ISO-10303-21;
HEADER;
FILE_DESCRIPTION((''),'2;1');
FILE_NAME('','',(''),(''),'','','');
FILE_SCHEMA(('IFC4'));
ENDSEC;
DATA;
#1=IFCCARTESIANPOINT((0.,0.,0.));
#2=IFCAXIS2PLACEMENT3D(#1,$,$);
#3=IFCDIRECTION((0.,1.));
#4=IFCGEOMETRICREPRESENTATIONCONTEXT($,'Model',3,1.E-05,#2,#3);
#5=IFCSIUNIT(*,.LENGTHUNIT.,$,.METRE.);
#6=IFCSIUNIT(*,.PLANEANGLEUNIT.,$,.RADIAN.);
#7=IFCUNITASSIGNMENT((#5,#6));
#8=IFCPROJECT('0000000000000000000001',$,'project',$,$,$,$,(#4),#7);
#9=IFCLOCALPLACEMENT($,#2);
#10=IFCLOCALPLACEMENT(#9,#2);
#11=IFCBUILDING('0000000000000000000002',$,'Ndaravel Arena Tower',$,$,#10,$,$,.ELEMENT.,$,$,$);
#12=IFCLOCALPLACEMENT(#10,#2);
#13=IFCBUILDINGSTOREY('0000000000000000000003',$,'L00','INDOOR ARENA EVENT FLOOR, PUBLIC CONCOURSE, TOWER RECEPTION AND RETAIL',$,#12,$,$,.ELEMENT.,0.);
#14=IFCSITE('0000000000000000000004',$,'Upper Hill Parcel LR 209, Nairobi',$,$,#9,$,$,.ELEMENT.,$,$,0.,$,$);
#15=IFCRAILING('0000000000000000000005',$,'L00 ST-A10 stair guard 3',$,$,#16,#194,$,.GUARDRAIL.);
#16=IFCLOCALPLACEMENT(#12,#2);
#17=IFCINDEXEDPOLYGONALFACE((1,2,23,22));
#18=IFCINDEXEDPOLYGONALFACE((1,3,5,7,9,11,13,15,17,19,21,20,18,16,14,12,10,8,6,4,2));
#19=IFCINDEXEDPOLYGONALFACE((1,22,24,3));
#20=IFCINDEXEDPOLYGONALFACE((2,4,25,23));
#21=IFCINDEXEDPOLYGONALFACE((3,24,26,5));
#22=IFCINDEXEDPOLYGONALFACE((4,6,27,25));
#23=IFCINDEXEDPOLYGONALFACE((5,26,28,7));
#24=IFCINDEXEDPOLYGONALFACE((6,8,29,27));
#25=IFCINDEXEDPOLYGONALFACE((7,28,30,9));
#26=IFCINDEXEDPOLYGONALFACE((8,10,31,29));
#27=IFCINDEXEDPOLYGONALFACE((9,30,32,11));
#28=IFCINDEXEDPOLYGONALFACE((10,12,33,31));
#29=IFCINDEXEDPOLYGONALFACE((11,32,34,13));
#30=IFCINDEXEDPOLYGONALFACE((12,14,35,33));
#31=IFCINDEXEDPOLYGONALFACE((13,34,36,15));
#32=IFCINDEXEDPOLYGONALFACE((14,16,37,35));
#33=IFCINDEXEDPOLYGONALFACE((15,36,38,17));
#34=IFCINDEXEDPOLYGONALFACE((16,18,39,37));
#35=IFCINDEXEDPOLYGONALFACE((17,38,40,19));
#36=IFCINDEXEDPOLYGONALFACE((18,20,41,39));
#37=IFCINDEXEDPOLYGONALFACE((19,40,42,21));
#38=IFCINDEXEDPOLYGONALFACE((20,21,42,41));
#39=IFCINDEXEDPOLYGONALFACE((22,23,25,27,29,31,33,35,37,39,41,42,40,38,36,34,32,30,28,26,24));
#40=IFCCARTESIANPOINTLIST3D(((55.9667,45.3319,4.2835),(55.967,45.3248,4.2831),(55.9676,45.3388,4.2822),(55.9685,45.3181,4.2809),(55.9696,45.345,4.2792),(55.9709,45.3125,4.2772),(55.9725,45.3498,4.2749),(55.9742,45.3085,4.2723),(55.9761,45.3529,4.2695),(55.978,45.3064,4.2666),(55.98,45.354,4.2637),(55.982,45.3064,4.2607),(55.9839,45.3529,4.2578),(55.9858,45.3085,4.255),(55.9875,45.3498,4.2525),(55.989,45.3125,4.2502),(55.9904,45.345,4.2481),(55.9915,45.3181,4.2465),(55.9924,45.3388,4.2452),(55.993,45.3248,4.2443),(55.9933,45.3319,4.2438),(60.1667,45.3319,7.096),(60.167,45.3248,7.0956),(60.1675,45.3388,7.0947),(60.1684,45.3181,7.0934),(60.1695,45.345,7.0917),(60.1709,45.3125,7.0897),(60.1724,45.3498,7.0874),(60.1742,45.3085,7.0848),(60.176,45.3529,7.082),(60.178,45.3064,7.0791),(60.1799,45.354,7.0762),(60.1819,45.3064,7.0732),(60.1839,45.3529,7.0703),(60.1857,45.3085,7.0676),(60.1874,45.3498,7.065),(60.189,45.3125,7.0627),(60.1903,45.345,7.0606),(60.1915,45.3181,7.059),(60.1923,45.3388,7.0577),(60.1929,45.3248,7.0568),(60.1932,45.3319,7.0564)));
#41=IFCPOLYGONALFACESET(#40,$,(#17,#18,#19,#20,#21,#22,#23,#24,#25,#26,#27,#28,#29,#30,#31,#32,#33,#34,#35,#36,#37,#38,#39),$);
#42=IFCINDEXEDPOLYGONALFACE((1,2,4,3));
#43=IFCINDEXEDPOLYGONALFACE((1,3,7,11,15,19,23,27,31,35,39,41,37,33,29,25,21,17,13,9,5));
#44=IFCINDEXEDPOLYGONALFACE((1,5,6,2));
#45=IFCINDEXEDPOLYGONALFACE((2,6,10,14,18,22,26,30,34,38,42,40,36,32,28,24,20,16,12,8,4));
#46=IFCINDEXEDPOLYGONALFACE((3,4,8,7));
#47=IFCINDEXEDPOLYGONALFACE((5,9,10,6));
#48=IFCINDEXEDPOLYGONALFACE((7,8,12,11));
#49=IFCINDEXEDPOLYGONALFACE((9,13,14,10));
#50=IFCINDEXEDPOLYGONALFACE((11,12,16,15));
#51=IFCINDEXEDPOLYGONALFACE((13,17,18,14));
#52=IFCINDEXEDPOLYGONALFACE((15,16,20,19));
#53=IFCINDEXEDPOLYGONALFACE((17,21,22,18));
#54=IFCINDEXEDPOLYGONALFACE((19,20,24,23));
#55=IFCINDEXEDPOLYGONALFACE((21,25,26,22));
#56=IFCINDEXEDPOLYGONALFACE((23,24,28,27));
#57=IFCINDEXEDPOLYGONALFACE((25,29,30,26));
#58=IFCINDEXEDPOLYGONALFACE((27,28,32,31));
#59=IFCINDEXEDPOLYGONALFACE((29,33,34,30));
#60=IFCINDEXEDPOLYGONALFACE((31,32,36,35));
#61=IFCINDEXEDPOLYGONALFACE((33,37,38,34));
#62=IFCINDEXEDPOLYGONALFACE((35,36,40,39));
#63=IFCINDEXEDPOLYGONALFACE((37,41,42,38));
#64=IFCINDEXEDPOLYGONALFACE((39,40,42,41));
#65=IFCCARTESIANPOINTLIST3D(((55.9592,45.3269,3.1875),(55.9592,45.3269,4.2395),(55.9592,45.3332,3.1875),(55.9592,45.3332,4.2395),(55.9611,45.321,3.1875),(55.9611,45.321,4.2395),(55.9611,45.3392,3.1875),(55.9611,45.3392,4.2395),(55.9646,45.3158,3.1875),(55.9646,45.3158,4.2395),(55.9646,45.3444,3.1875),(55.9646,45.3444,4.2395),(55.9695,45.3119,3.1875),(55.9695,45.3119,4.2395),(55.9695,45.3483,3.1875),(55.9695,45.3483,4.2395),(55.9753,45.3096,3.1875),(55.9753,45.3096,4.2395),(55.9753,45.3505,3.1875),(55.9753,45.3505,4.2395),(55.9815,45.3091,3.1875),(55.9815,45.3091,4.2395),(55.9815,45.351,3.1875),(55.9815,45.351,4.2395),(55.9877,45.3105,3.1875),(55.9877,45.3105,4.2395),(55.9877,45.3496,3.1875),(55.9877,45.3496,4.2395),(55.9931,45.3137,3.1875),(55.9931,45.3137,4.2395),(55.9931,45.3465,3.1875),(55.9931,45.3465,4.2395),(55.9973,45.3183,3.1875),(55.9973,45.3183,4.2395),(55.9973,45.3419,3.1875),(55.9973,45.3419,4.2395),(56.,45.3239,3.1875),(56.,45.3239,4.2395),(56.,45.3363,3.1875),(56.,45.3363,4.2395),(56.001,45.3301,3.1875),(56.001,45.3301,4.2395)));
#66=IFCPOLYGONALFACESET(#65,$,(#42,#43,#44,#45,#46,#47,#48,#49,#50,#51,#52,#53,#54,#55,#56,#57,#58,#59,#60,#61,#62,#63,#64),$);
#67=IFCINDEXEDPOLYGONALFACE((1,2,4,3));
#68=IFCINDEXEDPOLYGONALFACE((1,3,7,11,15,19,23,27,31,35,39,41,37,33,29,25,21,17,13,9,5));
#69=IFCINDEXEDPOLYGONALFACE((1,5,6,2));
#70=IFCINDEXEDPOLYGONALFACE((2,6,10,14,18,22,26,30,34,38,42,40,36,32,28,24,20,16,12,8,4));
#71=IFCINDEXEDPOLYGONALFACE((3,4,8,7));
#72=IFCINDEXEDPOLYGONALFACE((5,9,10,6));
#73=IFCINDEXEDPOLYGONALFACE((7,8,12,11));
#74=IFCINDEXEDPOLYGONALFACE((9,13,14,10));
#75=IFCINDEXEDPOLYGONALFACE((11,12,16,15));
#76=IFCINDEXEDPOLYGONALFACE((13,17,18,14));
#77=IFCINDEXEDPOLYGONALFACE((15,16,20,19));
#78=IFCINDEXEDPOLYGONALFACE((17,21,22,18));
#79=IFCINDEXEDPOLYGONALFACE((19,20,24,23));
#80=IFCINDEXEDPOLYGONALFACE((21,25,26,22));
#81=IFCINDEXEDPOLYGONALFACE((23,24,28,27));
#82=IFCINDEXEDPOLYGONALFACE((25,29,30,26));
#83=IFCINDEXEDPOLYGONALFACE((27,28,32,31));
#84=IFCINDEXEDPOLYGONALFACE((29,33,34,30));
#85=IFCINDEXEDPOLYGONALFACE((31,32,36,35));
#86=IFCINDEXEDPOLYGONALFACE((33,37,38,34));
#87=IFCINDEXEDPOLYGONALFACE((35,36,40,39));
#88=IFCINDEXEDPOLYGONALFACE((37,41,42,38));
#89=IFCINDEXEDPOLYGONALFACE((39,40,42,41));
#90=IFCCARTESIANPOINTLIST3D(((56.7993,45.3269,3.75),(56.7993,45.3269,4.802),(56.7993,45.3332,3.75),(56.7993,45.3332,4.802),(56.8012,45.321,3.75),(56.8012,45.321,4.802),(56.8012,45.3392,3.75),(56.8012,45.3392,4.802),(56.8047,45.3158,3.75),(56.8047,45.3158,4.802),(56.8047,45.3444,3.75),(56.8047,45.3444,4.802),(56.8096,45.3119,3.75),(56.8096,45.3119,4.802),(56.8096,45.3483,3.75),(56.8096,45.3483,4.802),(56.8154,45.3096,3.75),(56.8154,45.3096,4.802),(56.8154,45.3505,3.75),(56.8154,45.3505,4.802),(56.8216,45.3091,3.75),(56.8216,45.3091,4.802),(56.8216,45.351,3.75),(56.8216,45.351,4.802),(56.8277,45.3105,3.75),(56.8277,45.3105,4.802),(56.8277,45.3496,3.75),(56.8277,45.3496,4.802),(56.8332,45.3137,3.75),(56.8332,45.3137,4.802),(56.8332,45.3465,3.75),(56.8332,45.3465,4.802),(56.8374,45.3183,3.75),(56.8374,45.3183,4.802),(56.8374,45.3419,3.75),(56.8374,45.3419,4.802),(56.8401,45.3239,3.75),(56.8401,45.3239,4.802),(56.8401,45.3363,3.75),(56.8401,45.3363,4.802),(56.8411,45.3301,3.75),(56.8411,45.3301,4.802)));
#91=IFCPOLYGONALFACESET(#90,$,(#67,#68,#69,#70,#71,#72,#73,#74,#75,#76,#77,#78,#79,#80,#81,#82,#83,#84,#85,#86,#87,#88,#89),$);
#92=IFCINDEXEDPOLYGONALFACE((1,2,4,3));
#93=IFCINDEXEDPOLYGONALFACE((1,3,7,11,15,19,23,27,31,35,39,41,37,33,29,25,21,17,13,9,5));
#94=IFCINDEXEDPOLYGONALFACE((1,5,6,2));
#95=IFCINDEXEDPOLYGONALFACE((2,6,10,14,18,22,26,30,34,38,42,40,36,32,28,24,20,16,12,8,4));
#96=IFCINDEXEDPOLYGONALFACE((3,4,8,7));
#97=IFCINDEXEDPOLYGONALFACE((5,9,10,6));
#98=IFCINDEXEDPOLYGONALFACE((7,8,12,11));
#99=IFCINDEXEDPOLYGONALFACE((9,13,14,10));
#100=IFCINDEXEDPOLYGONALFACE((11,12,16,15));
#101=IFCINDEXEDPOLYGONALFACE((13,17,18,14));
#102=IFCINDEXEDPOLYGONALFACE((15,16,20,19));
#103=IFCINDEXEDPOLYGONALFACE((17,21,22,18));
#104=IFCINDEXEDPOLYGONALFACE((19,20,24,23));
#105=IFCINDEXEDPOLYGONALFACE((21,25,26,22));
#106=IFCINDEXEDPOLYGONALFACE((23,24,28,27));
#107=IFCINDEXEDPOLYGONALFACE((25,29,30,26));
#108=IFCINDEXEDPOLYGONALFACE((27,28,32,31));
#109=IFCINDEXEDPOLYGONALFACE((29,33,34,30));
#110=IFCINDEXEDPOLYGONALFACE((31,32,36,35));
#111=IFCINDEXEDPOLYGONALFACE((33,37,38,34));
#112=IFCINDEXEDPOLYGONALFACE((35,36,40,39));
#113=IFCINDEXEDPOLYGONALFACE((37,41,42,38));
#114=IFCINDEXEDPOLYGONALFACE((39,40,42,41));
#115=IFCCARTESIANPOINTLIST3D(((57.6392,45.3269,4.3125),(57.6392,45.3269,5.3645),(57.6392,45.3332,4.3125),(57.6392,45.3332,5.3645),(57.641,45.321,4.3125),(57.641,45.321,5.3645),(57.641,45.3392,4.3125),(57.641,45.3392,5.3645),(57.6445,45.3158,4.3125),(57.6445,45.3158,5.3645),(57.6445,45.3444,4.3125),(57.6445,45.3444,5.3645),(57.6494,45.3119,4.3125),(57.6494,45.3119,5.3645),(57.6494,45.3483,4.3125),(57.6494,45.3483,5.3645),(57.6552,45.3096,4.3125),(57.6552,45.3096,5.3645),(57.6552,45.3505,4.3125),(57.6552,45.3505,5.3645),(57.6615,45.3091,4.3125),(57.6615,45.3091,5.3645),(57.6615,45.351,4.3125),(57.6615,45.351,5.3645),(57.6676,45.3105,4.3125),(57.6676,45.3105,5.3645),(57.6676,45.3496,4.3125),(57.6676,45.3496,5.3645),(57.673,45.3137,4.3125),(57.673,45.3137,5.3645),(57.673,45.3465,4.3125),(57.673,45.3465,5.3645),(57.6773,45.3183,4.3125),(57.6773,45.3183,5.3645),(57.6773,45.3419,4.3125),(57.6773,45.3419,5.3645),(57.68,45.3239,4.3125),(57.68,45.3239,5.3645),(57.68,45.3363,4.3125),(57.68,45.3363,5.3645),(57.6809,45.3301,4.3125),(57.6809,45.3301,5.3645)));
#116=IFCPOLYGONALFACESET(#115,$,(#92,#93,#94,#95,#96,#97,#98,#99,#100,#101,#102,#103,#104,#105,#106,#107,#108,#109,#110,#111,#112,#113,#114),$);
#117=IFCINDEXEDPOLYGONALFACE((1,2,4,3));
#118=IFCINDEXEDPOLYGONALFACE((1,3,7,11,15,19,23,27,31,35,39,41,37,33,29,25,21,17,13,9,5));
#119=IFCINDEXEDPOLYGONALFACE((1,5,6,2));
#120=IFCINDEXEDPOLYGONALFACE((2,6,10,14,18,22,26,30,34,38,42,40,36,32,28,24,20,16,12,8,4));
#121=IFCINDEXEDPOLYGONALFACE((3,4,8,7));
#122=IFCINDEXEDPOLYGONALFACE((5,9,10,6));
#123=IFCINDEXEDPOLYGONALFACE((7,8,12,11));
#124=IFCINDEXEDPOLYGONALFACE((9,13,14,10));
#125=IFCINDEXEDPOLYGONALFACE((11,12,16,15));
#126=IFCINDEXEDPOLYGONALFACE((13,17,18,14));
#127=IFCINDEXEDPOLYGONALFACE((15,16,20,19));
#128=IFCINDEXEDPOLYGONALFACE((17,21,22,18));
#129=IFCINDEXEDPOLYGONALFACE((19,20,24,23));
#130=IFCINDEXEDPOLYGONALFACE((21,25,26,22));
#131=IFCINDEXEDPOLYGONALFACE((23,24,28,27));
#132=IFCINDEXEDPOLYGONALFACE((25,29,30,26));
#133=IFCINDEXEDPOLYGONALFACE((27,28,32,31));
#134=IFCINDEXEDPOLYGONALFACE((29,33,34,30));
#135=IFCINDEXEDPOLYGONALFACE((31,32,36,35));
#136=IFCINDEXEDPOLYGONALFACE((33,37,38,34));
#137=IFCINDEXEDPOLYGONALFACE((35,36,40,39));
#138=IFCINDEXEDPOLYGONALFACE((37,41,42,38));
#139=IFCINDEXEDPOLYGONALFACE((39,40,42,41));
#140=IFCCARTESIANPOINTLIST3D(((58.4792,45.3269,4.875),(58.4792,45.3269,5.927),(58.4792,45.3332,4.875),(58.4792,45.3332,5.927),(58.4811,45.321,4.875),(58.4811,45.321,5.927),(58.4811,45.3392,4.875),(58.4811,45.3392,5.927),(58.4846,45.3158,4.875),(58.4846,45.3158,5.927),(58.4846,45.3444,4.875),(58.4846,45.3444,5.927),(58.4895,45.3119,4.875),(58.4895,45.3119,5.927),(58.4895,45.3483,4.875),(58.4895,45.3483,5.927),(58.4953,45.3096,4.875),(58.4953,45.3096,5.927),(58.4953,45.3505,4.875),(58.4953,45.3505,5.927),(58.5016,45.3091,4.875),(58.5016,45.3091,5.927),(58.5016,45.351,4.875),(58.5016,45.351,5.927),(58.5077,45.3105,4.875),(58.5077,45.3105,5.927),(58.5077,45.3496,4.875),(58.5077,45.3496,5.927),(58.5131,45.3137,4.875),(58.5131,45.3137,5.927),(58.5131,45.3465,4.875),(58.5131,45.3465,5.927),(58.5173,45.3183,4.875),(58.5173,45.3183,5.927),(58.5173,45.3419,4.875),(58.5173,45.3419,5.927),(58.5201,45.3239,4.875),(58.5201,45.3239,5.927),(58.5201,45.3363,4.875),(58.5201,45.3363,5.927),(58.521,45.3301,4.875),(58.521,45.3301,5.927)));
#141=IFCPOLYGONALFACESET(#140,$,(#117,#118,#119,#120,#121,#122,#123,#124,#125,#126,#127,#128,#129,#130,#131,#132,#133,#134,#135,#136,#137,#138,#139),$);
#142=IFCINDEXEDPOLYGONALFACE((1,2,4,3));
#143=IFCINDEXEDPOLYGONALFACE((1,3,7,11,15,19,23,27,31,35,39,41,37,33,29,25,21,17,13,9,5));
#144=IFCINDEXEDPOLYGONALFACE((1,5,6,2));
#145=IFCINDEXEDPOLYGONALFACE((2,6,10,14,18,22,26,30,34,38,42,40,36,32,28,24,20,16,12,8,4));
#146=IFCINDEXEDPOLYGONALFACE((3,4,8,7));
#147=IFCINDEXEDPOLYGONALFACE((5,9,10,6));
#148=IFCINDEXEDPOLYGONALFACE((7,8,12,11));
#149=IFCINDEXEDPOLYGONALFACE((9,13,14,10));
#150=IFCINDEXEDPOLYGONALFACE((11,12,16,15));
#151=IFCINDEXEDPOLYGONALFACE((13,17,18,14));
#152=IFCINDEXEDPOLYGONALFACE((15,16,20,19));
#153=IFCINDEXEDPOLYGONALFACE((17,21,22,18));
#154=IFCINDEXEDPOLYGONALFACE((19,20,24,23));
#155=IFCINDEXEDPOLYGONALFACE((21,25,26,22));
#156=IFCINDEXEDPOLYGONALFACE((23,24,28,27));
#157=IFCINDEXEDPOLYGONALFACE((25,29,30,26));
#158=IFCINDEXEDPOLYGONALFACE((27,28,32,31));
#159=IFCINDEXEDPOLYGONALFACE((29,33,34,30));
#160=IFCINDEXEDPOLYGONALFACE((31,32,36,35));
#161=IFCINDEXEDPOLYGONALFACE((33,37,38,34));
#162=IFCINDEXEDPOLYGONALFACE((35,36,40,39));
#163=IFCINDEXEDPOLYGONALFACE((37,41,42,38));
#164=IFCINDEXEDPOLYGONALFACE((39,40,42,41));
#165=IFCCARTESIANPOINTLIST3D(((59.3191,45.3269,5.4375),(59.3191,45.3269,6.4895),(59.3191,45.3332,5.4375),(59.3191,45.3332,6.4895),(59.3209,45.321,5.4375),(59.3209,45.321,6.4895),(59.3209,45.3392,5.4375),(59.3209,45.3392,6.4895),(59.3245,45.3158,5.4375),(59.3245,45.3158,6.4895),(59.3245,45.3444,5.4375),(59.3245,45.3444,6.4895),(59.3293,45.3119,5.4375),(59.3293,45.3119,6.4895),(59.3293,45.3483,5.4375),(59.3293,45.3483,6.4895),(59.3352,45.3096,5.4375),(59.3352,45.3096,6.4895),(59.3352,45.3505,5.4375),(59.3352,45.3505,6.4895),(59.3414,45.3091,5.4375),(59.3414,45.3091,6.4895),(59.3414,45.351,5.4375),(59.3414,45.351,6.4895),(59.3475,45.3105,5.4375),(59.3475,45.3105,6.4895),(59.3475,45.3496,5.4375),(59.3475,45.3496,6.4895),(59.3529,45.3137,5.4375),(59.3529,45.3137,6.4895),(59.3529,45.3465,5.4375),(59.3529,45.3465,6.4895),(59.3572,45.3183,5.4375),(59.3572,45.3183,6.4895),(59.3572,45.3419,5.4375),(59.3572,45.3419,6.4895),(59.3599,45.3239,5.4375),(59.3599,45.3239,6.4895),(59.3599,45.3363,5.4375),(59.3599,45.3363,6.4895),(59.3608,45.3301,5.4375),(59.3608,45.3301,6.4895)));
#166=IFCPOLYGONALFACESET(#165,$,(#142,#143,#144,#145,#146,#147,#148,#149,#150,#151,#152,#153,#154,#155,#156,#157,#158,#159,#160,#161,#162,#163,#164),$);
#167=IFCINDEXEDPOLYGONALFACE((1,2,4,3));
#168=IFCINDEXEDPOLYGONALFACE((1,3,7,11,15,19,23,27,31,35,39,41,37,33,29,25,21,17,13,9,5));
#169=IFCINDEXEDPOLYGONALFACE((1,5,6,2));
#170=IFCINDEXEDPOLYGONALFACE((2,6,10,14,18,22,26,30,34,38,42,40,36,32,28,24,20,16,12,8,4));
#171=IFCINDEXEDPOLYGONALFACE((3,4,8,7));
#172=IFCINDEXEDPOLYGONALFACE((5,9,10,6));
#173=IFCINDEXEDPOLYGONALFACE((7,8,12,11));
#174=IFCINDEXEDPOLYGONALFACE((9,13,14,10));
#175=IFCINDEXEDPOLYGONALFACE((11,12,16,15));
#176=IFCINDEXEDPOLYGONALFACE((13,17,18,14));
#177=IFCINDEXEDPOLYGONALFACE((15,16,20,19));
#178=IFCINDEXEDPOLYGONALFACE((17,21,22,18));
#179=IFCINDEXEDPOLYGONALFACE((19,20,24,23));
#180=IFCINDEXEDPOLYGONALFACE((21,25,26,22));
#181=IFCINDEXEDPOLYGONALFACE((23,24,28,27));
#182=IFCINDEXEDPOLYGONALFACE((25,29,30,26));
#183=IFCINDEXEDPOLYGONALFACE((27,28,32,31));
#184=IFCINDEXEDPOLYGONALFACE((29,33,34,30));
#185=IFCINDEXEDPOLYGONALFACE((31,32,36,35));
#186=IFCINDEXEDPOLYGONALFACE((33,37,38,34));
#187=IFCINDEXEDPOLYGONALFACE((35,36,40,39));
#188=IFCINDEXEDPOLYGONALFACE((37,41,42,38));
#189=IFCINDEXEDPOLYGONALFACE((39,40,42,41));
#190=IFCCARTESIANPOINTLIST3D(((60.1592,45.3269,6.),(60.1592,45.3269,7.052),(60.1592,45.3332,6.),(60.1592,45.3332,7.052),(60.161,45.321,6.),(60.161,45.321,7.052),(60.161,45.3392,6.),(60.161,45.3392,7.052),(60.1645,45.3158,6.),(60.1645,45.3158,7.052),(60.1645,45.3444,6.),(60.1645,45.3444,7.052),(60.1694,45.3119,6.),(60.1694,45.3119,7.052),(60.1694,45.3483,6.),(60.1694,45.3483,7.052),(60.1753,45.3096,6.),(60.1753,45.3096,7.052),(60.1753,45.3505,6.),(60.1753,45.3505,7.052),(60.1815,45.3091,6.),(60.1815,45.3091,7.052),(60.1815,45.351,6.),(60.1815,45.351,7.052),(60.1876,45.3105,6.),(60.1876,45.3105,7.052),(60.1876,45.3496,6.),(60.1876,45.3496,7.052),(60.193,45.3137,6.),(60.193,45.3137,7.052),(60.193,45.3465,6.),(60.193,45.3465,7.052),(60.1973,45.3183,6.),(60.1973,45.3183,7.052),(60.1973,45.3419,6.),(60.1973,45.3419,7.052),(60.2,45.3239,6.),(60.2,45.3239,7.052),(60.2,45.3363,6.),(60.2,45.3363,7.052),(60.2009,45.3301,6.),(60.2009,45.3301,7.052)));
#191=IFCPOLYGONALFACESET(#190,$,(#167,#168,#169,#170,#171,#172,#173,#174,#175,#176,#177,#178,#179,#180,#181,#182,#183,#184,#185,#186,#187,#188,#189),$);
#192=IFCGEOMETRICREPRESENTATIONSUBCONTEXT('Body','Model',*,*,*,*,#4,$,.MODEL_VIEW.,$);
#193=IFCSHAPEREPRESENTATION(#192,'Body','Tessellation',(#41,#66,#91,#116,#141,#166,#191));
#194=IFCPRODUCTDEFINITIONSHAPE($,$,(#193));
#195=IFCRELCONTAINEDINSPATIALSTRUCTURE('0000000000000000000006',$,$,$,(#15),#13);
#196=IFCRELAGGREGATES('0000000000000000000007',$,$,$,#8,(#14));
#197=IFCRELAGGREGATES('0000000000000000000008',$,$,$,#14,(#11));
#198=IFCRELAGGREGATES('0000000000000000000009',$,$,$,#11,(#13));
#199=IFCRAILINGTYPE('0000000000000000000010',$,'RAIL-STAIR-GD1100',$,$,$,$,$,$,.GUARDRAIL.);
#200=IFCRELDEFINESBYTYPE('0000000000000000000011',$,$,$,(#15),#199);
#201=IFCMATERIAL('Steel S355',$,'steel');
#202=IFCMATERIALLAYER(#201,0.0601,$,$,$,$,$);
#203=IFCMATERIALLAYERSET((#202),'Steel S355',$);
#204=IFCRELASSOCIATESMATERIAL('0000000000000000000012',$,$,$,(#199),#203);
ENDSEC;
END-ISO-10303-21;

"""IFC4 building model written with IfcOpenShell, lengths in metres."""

from ifc_helpers import new_model, si_unit, direction, frame, origin, origin_2d, place, context, subcontext, project, spatial, circle, extrude, material, layer, layer_set, type_object, element, save


model = new_model("IFC4")

# Units and contexts
model_context = context("Model", 3, precision=1e-05, world=origin(), true_north=direction((0.0, 1.0)))
body_context = subcontext(model_context, "Body", "Model", "MODEL_VIEW")
ifc_project = project(units=[si_unit("LENGTHUNIT", "METRE"), si_unit("PLANEANGLEUNIT", "RADIAN")], contexts=[model_context])

# Site, building, storey
site_placement = place(None, origin())
site = spatial("IfcSite", under=ifc_project, at=site_placement, Name="Upper Hill Parcel LR 209, Nairobi", CompositionType="ELEMENT", RefElevation=0.0)
building_placement = place(site_placement, origin())
building = spatial("IfcBuilding", under=site, at=building_placement, Name="Ndaravel Arena Tower", CompositionType="ELEMENT")
storey_placement = place(building_placement, origin())
storey = spatial("IfcBuildingStorey", under=building, at=storey_placement, Name="L00", Description="INDOOR ARENA EVENT FLOOR, PUBLIC CONCOURSE, TOWER RECEPTION AND RETAIL", CompositionType="ELEMENT", Elevation=0.0)

# Railing
ifc_material_1 = material(Name="Steel S355", Category="steel")
ifc_layer_1 = layer(ifc_material_1, 0.0601)
ifc_layer_set_1 = layer_set([ifc_layer_1], Name="Steel S355")
railing_type_1 = type_object("IfcRailingType", Name="RAIL-STAIR-GD1100", PredefinedType="GUARDRAIL", material=ifc_layer_set_1)
railing_1_placement = place(storey_placement, frame((55.98, 45.3301, 3.1875)))
element("IfcRailing", 1, at=railing_1_placement, inside=storey, type_object=railing_type_1, Name="L00 ST-A10 stair guard 3", PredefinedType="GUARDRAIL", context=body_context, shape_type="SweptSolid", body=[
    extrude(circle(Radius=0.0239, at=origin_2d()), frame((0.0, 0.0, 1.0762), z_axis=(0.830904, 0.0, 0.556416), x_axis=(0.0, 1.0, 0.0)), (0.0, 0.0, 1.0), 5.0547),
    extrude(circle(Radius=0.021, at=origin_2d()), origin(), (0.0, 0.0, 1.0), 1.052),
    extrude(circle(Radius=0.021, at=origin_2d()), frame((0.8401, 0.0, 0.5625)), (0.0, 0.0, 1.0), 1.052),
    extrude(circle(Radius=0.021, at=origin_2d()), frame((1.6799, 0.0, 1.125)), (0.0, 0.0, 1.0), 1.052),
    extrude(circle(Radius=0.021, at=origin_2d()), frame((2.52, 0.0, 1.6875)), (0.0, 0.0, 1.0), 1.052),
    extrude(circle(Radius=0.021, at=origin_2d()), frame((3.3599, 0.0, 2.25)), (0.0, 0.0, 1.0), 1.052),
    extrude(circle(Radius=0.021, at=origin_2d()), frame((4.2, 0.0, 2.8125)), (0.0, 0.0, 1.0), 1.052),
])

save(model, "model.ifc")
